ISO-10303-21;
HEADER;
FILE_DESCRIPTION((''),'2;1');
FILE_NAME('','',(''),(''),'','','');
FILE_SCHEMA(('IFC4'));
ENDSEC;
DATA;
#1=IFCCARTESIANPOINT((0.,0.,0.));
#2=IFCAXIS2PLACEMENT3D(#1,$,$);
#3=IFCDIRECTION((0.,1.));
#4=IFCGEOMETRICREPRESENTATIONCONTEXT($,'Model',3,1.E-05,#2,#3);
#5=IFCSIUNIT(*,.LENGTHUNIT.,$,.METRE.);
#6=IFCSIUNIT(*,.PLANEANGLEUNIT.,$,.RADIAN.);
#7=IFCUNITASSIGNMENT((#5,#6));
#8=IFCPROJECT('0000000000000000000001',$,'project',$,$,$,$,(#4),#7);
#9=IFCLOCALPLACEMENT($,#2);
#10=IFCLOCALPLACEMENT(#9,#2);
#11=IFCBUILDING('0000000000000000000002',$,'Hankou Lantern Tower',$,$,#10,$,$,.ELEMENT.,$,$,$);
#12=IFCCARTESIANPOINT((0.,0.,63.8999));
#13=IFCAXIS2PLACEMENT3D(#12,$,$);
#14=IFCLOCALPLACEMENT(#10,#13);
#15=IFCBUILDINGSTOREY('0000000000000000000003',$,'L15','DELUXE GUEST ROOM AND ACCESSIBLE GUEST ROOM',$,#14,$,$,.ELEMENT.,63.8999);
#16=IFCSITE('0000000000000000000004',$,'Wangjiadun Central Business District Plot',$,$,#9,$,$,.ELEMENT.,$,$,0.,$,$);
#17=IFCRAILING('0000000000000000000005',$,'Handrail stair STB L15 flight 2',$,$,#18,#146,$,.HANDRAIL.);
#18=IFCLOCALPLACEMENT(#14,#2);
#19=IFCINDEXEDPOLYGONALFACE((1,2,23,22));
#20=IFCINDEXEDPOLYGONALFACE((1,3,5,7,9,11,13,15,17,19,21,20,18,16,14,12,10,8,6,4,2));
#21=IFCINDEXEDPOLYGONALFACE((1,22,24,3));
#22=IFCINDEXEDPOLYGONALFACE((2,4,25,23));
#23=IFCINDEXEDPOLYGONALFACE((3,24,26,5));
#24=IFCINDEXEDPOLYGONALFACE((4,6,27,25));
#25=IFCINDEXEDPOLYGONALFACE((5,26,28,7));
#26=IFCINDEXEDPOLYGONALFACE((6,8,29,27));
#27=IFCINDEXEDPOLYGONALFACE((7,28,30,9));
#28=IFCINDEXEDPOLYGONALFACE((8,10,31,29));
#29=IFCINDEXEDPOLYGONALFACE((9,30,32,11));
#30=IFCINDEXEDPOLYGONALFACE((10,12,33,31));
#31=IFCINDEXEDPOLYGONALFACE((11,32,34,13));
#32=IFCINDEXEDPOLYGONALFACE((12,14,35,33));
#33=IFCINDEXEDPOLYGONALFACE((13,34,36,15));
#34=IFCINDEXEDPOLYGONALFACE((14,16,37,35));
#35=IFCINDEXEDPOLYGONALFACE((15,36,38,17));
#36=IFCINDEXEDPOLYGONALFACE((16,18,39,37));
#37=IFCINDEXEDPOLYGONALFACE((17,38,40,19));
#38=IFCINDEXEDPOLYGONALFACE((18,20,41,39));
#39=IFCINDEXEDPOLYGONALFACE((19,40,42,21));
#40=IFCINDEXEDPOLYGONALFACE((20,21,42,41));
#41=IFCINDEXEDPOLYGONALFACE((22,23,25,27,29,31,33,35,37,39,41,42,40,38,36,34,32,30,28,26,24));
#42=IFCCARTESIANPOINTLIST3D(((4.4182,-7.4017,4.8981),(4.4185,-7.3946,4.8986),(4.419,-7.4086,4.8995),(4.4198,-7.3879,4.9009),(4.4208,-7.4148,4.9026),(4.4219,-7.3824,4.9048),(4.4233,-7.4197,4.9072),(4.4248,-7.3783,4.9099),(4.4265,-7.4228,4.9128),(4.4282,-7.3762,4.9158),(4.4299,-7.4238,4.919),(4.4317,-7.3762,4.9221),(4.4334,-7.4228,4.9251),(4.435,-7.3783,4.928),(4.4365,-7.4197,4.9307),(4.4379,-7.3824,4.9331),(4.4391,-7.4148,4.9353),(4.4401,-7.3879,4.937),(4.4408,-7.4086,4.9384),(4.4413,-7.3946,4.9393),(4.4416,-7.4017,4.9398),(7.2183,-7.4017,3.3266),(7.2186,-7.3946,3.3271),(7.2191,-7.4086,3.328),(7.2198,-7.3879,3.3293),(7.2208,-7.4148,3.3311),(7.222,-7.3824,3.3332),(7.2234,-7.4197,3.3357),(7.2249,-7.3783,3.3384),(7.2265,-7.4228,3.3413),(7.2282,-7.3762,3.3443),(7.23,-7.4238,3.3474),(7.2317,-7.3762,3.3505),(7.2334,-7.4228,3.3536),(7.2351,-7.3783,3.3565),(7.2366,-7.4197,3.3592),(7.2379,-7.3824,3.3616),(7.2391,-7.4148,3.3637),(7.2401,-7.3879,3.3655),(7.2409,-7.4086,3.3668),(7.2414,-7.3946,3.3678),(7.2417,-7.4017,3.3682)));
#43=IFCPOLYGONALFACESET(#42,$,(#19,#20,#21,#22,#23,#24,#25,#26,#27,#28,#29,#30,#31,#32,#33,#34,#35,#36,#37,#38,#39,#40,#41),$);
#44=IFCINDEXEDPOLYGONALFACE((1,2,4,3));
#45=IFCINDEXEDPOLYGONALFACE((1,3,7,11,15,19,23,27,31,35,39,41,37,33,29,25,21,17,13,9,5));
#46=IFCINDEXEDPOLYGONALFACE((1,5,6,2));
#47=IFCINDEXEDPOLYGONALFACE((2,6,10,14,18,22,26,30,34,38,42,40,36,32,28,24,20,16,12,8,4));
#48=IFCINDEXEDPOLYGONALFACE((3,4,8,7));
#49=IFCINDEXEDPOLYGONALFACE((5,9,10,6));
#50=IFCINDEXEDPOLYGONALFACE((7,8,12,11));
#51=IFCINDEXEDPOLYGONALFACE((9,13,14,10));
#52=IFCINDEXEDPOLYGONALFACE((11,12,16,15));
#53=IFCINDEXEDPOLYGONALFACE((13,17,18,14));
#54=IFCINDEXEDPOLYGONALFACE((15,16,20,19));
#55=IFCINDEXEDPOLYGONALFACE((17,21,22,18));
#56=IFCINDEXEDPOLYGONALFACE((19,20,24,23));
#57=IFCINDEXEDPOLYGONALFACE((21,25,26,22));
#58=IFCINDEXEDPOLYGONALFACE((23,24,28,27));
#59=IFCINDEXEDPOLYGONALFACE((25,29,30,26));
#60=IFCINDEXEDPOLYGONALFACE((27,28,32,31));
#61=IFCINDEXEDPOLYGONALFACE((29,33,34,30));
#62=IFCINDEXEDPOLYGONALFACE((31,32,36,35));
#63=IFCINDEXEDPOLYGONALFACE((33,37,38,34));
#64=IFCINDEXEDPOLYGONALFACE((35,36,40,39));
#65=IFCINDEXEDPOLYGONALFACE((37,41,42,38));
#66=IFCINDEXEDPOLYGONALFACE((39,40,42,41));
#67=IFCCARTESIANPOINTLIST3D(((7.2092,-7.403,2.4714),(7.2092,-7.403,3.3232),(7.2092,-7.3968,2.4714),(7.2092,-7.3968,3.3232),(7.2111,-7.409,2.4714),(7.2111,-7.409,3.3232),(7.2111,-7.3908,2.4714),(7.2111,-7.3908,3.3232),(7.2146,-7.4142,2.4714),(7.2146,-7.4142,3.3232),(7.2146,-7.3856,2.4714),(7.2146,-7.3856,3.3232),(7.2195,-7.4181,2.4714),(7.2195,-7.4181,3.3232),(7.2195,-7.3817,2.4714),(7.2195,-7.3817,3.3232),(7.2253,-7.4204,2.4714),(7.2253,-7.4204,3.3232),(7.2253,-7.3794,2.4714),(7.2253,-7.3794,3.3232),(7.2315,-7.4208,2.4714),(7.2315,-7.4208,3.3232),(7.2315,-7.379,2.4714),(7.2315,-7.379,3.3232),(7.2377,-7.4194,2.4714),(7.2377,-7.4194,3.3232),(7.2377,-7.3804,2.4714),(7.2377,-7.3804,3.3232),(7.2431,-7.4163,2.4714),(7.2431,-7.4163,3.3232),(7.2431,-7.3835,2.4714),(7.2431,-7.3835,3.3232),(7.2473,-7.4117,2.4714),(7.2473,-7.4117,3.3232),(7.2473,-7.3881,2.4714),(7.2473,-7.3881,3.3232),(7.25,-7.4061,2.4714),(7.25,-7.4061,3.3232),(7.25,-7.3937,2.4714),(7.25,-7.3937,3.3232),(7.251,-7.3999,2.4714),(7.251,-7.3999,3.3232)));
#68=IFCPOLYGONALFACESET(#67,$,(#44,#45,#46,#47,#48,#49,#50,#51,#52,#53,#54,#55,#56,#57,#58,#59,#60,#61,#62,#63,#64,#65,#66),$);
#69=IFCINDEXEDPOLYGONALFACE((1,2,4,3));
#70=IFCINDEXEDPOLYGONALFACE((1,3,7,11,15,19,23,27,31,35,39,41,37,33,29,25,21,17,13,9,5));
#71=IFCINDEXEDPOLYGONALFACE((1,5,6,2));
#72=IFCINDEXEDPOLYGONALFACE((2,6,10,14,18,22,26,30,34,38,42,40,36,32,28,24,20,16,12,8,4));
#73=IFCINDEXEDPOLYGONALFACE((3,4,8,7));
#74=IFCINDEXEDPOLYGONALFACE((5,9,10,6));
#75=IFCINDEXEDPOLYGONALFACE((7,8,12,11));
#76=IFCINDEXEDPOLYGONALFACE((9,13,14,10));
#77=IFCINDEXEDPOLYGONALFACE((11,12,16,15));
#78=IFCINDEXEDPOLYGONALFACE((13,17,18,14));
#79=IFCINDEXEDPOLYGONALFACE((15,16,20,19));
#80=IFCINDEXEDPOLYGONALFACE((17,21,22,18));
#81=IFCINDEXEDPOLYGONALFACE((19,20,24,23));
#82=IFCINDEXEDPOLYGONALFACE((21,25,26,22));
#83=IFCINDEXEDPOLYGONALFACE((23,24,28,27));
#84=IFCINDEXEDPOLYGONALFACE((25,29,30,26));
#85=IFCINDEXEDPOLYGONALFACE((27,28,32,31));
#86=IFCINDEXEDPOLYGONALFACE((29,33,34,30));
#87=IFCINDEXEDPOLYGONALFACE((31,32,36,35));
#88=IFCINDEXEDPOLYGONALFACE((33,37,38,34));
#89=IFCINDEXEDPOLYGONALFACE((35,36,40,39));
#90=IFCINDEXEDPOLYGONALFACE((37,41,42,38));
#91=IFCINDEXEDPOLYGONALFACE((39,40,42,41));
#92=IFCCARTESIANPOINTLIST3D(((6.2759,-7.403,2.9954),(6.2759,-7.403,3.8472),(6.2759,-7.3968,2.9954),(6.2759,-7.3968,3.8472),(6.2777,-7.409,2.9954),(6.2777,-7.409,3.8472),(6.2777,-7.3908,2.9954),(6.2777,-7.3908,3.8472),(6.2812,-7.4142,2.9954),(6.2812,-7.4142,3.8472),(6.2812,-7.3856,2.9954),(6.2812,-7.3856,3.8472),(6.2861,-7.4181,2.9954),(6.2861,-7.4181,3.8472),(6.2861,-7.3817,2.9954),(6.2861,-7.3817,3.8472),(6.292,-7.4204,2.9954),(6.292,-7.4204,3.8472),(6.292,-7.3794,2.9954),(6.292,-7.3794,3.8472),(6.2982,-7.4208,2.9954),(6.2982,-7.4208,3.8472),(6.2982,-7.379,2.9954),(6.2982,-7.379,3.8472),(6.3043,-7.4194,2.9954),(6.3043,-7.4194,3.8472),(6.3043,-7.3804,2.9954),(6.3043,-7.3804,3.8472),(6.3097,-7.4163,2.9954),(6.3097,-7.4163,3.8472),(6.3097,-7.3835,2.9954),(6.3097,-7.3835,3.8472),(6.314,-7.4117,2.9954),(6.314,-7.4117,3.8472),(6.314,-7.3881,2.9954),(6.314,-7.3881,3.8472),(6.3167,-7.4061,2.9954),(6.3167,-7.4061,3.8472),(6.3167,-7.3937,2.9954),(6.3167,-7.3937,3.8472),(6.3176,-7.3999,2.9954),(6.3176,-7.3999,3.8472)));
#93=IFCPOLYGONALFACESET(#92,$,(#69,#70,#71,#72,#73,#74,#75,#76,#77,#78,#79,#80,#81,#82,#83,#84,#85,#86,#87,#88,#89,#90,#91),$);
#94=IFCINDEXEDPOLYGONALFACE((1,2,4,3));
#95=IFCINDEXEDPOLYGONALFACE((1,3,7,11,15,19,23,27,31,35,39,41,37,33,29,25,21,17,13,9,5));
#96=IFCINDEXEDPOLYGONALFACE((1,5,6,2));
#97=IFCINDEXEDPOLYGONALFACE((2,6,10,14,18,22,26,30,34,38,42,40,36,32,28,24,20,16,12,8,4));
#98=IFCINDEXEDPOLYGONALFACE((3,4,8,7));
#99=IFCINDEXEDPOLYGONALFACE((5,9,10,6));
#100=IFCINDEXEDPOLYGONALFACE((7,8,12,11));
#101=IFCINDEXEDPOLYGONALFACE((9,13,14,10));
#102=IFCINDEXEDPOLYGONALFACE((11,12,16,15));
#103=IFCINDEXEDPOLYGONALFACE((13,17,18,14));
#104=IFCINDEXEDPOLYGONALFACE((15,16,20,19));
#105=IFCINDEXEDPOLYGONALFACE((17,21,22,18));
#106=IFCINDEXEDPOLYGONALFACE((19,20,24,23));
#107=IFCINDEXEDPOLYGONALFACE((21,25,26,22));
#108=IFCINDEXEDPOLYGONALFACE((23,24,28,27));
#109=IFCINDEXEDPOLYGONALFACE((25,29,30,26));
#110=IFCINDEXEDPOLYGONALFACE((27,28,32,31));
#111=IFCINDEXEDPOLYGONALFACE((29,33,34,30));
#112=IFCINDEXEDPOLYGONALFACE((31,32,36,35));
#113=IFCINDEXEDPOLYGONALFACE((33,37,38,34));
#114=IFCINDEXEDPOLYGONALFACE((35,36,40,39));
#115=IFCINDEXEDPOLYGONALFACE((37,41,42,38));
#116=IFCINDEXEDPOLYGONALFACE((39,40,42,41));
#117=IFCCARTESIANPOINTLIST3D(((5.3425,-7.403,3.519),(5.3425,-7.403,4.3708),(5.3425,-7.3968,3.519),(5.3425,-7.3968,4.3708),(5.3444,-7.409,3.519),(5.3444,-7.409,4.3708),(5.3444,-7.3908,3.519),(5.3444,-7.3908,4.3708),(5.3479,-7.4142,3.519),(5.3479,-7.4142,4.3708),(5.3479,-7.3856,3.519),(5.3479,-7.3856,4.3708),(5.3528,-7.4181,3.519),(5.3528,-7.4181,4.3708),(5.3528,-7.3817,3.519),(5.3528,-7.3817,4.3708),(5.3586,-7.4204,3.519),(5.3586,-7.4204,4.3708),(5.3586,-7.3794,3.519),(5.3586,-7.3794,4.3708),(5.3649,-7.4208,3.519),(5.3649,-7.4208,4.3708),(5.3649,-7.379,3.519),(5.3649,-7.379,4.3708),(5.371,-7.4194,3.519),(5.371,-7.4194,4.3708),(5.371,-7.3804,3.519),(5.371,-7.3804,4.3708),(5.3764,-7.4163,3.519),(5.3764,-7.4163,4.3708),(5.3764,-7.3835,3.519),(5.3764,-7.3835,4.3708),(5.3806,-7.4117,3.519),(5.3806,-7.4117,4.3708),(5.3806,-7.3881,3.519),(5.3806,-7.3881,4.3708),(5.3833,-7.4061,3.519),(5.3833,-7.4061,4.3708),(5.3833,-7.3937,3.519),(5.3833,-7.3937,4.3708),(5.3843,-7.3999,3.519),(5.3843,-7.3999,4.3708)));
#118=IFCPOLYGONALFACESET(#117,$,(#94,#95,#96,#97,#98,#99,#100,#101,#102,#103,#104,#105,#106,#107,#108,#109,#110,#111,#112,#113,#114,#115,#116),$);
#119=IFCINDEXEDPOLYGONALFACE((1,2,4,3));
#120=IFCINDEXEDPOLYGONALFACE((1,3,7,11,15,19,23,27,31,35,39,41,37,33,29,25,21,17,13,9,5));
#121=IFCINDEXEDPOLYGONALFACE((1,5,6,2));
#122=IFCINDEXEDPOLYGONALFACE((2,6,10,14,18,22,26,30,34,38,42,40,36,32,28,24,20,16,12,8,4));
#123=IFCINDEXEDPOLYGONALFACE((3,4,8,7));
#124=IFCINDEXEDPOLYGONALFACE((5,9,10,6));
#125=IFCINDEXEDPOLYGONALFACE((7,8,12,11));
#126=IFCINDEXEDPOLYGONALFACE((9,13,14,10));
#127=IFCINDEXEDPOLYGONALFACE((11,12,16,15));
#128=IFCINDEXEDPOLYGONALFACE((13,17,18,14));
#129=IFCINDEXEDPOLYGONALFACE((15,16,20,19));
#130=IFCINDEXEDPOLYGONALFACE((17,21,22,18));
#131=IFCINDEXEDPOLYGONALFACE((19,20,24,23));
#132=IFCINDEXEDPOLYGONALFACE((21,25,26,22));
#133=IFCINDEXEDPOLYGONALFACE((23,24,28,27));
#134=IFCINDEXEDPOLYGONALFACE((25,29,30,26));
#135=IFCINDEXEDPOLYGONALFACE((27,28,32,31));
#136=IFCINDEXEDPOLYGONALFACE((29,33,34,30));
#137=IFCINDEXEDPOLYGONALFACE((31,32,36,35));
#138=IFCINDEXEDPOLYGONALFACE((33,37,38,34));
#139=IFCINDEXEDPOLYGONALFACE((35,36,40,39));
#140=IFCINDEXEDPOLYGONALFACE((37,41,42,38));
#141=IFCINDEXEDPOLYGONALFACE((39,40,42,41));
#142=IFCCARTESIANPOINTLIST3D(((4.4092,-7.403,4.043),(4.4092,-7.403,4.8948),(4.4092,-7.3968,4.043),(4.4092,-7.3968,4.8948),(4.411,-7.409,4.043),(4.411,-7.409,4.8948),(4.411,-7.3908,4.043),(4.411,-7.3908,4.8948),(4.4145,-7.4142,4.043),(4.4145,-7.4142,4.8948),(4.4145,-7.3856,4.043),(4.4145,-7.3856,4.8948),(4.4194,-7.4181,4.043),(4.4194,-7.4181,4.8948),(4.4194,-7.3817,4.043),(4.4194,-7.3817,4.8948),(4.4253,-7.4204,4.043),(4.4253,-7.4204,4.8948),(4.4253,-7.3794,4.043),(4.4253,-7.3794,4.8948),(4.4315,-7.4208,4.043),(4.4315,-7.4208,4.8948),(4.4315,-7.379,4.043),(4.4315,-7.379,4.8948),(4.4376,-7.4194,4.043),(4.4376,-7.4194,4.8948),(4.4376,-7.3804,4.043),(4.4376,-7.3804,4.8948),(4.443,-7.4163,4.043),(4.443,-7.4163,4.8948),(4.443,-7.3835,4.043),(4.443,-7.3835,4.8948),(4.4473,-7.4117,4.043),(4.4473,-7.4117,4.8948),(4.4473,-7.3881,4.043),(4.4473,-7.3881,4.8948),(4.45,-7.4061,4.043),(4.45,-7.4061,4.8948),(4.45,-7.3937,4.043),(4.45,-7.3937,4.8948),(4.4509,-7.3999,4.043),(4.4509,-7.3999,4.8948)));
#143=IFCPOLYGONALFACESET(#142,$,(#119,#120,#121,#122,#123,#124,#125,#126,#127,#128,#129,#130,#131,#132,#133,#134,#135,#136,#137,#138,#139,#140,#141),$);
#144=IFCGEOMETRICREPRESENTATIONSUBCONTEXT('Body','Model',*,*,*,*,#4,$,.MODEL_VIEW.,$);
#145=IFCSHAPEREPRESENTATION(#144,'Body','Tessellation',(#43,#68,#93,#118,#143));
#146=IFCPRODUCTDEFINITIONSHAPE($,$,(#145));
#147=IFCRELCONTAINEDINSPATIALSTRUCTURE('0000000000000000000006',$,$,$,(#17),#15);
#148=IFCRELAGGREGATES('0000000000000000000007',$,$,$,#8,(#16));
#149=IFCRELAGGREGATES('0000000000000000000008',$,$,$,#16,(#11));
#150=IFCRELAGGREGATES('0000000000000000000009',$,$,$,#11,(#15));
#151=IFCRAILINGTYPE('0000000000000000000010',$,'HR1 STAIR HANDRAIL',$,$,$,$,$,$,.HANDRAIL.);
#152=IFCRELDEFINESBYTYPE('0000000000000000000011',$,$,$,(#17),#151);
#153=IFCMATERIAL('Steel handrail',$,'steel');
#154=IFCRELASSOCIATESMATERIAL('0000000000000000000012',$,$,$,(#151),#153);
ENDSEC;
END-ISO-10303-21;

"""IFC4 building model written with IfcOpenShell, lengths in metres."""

from ifc_helpers import new_model, si_unit, direction, frame, origin, origin_2d, place, context, subcontext, project, spatial, circle, extrude, material, type_object, element, save


model = new_model("IFC4")

# Units and contexts
model_context = context("Model", 3, precision=1e-05, world=origin(), true_north=direction((0.0, 1.0)))
body_context = subcontext(model_context, "Body", "Model", "MODEL_VIEW")
ifc_project = project(units=[si_unit("LENGTHUNIT", "METRE"), si_unit("PLANEANGLEUNIT", "RADIAN")], contexts=[model_context])

# Site, building, storey
site_placement = place(None, origin())
site = spatial("IfcSite", under=ifc_project, at=site_placement, Name="Wangjiadun Central Business District Plot", CompositionType="ELEMENT", RefElevation=0.0)
building_placement = place(site_placement, origin())
building = spatial("IfcBuilding", under=site, at=building_placement, Name="Hankou Lantern Tower", CompositionType="ELEMENT")
storey_placement = place(building_placement, frame((0.0, 0.0, 63.8999)))
storey = spatial("IfcBuildingStorey", under=building, at=storey_placement, Name="L15", Description="DELUXE GUEST ROOM AND ACCESSIBLE GUEST ROOM", CompositionType="ELEMENT", Elevation=63.8999)

# Railing
ifc_material_1 = material(Name="Steel handrail", Category="steel")
railing_type = type_object("IfcRailingType", Name="HR1 STAIR HANDRAIL", PredefinedType="HANDRAIL", material=ifc_material_1)
railing_1_placement = place(storey_placement, frame((7.23, -7.3999, 2.4714)))
element("IfcRailing", 1, at=railing_1_placement, inside=storey, type_object=railing_type, Name="Handrail stair STB L15 flight 2", PredefinedType="HANDRAIL", context=body_context, shape_type="SweptSolid", body=[
    extrude(circle(Radius=0.0239, at=origin_2d()), frame((0.0, 0.0, 0.876), z_axis=(-0.87204, 0.0, 0.489434), x_axis=(0.0, -1.0, 0.0)), (0.0, 0.0, 1.0), 3.2109),
    extrude(circle(Radius=0.021, at=origin_2d()), origin(), (0.0, 0.0, 1.0), 0.8518),
    extrude(circle(Radius=0.021, at=origin_2d()), frame((-0.9333, 0.0, 0.5239)), (0.0, 0.0, 1.0), 0.8518),
    extrude(circle(Radius=0.021, at=origin_2d()), frame((-1.8667, 0.0, 1.0476)), (0.0, 0.0, 1.0), 0.8518),
    extrude(circle(Radius=0.021, at=origin_2d()), frame((-2.8, 0.0, 1.5715)), (0.0, 0.0, 1.0), 0.8518),
])

save(model, "model.ifc")
